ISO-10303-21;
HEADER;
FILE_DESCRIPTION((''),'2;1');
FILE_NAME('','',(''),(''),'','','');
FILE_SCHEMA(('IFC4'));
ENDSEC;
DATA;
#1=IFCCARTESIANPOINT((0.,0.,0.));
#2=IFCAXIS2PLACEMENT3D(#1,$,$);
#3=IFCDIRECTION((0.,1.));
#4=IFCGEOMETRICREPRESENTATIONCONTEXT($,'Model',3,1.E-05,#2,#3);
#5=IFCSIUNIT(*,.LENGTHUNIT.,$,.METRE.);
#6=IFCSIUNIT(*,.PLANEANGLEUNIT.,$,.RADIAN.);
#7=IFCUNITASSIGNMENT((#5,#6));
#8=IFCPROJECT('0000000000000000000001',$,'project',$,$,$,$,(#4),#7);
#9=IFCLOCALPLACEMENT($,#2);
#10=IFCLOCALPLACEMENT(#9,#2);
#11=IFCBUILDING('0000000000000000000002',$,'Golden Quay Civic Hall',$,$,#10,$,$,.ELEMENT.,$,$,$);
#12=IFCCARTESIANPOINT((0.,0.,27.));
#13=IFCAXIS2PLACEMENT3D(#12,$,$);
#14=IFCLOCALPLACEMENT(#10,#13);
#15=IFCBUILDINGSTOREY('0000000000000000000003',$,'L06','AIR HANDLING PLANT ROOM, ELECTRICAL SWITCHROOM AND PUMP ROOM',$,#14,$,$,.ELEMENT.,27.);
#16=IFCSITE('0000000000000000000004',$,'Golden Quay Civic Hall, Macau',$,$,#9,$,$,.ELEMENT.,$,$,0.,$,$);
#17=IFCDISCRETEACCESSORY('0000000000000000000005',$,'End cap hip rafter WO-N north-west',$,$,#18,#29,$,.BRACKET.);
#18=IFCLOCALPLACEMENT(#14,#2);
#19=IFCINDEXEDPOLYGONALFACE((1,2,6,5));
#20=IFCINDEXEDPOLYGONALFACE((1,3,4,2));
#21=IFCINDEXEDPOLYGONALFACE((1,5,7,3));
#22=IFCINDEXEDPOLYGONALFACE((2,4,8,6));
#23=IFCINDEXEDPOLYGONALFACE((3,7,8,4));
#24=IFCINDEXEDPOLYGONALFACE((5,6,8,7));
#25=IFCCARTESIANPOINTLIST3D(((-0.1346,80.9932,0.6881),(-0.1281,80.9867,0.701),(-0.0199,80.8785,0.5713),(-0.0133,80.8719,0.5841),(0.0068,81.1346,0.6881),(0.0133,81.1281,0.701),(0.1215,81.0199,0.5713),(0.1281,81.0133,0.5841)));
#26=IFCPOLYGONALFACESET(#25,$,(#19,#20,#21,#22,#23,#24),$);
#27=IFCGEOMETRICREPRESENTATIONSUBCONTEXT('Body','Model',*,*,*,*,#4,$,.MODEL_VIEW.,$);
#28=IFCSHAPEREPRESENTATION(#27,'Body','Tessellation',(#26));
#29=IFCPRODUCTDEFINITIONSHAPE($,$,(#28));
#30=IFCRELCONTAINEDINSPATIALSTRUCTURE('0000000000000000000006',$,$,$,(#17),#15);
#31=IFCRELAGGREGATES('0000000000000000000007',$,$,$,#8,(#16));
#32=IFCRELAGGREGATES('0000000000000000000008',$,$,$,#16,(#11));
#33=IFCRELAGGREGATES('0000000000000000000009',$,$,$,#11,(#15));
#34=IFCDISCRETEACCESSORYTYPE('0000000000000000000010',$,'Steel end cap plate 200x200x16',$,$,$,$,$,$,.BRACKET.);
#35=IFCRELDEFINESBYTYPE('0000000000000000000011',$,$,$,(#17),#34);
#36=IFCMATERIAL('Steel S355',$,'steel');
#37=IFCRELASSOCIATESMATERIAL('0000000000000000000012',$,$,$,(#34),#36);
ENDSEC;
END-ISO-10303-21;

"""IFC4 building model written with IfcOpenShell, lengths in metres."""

from ifc_helpers import new_model, si_unit, direction, frame, origin, origin_2d, place, context, subcontext, project, spatial, rectangle, extrude, material, material_profile, profile_set, type_object, element, save


model = new_model("IFC4")

# Units and contexts
model_context = context("Model", 3, precision=1e-05, world=origin(), true_north=direction((0.0, 1.0)))
body_context = subcontext(model_context, "Body", "Model", "MODEL_VIEW")
ifc_project = project(units=[si_unit("LENGTHUNIT", "METRE"), si_unit("PLANEANGLEUNIT", "RADIAN")], contexts=[model_context])

# Site, building, storey
site_placement = place(None, origin())
site = spatial("IfcSite", under=ifc_project, at=site_placement, Name="Golden Quay Civic Hall, Macau", CompositionType="ELEMENT", RefElevation=0.0)
building_placement = place(site_placement, origin())
building = spatial("IfcBuilding", under=site, at=building_placement, Name="Golden Quay Civic Hall", CompositionType="ELEMENT")
storey_placement = place(building_placement, frame((0.0, 0.0, 27.0)))
storey = spatial("IfcBuildingStorey", under=building, at=storey_placement, Name="L06", Description="AIR HANDLING PLANT ROOM, ELECTRICAL SWITCHROOM AND PUMP ROOM", CompositionType="ELEMENT", Elevation=27.0)

# Discrete accessory
ifc_material_1 = material(Name="Steel S355", Category="steel")
ifc_material_profile_1 = material_profile(ifc_material_1, rectangle(XDim=0.2, YDim=0.2, at=origin_2d()), Name="Steel end cap plate 200x200x16")
ifc_profile_set_1 = profile_set([ifc_material_profile_1], Name="Steel S355")
discrete_accessory_type = type_object("IfcDiscreteAccessoryType", Name="Steel end cap plate 200x200x16", PredefinedType="BRACKET", material=ifc_profile_set_1)
discrete_accessory_placement = place(storey_placement, frame((0.0, 81.0, 0.6426), z_axis=(-0.413335, 0.413335, -0.811362), x_axis=(-0.707107, -0.707107, 0.0)))
element("IfcDiscreteAccessory", 1, at=discrete_accessory_placement, inside=storey, type_object=discrete_accessory_type, Name="End cap hip rafter WO-N north-west", PredefinedType="BRACKET", context=body_context, shape_type="SweptSolid", body=[
    extrude(rectangle(XDim=0.2, YDim=0.2, at=origin_2d()), origin(), (0.0, 0.0, 1.0), 0.0159),
])

save(model, "model.ifc")
